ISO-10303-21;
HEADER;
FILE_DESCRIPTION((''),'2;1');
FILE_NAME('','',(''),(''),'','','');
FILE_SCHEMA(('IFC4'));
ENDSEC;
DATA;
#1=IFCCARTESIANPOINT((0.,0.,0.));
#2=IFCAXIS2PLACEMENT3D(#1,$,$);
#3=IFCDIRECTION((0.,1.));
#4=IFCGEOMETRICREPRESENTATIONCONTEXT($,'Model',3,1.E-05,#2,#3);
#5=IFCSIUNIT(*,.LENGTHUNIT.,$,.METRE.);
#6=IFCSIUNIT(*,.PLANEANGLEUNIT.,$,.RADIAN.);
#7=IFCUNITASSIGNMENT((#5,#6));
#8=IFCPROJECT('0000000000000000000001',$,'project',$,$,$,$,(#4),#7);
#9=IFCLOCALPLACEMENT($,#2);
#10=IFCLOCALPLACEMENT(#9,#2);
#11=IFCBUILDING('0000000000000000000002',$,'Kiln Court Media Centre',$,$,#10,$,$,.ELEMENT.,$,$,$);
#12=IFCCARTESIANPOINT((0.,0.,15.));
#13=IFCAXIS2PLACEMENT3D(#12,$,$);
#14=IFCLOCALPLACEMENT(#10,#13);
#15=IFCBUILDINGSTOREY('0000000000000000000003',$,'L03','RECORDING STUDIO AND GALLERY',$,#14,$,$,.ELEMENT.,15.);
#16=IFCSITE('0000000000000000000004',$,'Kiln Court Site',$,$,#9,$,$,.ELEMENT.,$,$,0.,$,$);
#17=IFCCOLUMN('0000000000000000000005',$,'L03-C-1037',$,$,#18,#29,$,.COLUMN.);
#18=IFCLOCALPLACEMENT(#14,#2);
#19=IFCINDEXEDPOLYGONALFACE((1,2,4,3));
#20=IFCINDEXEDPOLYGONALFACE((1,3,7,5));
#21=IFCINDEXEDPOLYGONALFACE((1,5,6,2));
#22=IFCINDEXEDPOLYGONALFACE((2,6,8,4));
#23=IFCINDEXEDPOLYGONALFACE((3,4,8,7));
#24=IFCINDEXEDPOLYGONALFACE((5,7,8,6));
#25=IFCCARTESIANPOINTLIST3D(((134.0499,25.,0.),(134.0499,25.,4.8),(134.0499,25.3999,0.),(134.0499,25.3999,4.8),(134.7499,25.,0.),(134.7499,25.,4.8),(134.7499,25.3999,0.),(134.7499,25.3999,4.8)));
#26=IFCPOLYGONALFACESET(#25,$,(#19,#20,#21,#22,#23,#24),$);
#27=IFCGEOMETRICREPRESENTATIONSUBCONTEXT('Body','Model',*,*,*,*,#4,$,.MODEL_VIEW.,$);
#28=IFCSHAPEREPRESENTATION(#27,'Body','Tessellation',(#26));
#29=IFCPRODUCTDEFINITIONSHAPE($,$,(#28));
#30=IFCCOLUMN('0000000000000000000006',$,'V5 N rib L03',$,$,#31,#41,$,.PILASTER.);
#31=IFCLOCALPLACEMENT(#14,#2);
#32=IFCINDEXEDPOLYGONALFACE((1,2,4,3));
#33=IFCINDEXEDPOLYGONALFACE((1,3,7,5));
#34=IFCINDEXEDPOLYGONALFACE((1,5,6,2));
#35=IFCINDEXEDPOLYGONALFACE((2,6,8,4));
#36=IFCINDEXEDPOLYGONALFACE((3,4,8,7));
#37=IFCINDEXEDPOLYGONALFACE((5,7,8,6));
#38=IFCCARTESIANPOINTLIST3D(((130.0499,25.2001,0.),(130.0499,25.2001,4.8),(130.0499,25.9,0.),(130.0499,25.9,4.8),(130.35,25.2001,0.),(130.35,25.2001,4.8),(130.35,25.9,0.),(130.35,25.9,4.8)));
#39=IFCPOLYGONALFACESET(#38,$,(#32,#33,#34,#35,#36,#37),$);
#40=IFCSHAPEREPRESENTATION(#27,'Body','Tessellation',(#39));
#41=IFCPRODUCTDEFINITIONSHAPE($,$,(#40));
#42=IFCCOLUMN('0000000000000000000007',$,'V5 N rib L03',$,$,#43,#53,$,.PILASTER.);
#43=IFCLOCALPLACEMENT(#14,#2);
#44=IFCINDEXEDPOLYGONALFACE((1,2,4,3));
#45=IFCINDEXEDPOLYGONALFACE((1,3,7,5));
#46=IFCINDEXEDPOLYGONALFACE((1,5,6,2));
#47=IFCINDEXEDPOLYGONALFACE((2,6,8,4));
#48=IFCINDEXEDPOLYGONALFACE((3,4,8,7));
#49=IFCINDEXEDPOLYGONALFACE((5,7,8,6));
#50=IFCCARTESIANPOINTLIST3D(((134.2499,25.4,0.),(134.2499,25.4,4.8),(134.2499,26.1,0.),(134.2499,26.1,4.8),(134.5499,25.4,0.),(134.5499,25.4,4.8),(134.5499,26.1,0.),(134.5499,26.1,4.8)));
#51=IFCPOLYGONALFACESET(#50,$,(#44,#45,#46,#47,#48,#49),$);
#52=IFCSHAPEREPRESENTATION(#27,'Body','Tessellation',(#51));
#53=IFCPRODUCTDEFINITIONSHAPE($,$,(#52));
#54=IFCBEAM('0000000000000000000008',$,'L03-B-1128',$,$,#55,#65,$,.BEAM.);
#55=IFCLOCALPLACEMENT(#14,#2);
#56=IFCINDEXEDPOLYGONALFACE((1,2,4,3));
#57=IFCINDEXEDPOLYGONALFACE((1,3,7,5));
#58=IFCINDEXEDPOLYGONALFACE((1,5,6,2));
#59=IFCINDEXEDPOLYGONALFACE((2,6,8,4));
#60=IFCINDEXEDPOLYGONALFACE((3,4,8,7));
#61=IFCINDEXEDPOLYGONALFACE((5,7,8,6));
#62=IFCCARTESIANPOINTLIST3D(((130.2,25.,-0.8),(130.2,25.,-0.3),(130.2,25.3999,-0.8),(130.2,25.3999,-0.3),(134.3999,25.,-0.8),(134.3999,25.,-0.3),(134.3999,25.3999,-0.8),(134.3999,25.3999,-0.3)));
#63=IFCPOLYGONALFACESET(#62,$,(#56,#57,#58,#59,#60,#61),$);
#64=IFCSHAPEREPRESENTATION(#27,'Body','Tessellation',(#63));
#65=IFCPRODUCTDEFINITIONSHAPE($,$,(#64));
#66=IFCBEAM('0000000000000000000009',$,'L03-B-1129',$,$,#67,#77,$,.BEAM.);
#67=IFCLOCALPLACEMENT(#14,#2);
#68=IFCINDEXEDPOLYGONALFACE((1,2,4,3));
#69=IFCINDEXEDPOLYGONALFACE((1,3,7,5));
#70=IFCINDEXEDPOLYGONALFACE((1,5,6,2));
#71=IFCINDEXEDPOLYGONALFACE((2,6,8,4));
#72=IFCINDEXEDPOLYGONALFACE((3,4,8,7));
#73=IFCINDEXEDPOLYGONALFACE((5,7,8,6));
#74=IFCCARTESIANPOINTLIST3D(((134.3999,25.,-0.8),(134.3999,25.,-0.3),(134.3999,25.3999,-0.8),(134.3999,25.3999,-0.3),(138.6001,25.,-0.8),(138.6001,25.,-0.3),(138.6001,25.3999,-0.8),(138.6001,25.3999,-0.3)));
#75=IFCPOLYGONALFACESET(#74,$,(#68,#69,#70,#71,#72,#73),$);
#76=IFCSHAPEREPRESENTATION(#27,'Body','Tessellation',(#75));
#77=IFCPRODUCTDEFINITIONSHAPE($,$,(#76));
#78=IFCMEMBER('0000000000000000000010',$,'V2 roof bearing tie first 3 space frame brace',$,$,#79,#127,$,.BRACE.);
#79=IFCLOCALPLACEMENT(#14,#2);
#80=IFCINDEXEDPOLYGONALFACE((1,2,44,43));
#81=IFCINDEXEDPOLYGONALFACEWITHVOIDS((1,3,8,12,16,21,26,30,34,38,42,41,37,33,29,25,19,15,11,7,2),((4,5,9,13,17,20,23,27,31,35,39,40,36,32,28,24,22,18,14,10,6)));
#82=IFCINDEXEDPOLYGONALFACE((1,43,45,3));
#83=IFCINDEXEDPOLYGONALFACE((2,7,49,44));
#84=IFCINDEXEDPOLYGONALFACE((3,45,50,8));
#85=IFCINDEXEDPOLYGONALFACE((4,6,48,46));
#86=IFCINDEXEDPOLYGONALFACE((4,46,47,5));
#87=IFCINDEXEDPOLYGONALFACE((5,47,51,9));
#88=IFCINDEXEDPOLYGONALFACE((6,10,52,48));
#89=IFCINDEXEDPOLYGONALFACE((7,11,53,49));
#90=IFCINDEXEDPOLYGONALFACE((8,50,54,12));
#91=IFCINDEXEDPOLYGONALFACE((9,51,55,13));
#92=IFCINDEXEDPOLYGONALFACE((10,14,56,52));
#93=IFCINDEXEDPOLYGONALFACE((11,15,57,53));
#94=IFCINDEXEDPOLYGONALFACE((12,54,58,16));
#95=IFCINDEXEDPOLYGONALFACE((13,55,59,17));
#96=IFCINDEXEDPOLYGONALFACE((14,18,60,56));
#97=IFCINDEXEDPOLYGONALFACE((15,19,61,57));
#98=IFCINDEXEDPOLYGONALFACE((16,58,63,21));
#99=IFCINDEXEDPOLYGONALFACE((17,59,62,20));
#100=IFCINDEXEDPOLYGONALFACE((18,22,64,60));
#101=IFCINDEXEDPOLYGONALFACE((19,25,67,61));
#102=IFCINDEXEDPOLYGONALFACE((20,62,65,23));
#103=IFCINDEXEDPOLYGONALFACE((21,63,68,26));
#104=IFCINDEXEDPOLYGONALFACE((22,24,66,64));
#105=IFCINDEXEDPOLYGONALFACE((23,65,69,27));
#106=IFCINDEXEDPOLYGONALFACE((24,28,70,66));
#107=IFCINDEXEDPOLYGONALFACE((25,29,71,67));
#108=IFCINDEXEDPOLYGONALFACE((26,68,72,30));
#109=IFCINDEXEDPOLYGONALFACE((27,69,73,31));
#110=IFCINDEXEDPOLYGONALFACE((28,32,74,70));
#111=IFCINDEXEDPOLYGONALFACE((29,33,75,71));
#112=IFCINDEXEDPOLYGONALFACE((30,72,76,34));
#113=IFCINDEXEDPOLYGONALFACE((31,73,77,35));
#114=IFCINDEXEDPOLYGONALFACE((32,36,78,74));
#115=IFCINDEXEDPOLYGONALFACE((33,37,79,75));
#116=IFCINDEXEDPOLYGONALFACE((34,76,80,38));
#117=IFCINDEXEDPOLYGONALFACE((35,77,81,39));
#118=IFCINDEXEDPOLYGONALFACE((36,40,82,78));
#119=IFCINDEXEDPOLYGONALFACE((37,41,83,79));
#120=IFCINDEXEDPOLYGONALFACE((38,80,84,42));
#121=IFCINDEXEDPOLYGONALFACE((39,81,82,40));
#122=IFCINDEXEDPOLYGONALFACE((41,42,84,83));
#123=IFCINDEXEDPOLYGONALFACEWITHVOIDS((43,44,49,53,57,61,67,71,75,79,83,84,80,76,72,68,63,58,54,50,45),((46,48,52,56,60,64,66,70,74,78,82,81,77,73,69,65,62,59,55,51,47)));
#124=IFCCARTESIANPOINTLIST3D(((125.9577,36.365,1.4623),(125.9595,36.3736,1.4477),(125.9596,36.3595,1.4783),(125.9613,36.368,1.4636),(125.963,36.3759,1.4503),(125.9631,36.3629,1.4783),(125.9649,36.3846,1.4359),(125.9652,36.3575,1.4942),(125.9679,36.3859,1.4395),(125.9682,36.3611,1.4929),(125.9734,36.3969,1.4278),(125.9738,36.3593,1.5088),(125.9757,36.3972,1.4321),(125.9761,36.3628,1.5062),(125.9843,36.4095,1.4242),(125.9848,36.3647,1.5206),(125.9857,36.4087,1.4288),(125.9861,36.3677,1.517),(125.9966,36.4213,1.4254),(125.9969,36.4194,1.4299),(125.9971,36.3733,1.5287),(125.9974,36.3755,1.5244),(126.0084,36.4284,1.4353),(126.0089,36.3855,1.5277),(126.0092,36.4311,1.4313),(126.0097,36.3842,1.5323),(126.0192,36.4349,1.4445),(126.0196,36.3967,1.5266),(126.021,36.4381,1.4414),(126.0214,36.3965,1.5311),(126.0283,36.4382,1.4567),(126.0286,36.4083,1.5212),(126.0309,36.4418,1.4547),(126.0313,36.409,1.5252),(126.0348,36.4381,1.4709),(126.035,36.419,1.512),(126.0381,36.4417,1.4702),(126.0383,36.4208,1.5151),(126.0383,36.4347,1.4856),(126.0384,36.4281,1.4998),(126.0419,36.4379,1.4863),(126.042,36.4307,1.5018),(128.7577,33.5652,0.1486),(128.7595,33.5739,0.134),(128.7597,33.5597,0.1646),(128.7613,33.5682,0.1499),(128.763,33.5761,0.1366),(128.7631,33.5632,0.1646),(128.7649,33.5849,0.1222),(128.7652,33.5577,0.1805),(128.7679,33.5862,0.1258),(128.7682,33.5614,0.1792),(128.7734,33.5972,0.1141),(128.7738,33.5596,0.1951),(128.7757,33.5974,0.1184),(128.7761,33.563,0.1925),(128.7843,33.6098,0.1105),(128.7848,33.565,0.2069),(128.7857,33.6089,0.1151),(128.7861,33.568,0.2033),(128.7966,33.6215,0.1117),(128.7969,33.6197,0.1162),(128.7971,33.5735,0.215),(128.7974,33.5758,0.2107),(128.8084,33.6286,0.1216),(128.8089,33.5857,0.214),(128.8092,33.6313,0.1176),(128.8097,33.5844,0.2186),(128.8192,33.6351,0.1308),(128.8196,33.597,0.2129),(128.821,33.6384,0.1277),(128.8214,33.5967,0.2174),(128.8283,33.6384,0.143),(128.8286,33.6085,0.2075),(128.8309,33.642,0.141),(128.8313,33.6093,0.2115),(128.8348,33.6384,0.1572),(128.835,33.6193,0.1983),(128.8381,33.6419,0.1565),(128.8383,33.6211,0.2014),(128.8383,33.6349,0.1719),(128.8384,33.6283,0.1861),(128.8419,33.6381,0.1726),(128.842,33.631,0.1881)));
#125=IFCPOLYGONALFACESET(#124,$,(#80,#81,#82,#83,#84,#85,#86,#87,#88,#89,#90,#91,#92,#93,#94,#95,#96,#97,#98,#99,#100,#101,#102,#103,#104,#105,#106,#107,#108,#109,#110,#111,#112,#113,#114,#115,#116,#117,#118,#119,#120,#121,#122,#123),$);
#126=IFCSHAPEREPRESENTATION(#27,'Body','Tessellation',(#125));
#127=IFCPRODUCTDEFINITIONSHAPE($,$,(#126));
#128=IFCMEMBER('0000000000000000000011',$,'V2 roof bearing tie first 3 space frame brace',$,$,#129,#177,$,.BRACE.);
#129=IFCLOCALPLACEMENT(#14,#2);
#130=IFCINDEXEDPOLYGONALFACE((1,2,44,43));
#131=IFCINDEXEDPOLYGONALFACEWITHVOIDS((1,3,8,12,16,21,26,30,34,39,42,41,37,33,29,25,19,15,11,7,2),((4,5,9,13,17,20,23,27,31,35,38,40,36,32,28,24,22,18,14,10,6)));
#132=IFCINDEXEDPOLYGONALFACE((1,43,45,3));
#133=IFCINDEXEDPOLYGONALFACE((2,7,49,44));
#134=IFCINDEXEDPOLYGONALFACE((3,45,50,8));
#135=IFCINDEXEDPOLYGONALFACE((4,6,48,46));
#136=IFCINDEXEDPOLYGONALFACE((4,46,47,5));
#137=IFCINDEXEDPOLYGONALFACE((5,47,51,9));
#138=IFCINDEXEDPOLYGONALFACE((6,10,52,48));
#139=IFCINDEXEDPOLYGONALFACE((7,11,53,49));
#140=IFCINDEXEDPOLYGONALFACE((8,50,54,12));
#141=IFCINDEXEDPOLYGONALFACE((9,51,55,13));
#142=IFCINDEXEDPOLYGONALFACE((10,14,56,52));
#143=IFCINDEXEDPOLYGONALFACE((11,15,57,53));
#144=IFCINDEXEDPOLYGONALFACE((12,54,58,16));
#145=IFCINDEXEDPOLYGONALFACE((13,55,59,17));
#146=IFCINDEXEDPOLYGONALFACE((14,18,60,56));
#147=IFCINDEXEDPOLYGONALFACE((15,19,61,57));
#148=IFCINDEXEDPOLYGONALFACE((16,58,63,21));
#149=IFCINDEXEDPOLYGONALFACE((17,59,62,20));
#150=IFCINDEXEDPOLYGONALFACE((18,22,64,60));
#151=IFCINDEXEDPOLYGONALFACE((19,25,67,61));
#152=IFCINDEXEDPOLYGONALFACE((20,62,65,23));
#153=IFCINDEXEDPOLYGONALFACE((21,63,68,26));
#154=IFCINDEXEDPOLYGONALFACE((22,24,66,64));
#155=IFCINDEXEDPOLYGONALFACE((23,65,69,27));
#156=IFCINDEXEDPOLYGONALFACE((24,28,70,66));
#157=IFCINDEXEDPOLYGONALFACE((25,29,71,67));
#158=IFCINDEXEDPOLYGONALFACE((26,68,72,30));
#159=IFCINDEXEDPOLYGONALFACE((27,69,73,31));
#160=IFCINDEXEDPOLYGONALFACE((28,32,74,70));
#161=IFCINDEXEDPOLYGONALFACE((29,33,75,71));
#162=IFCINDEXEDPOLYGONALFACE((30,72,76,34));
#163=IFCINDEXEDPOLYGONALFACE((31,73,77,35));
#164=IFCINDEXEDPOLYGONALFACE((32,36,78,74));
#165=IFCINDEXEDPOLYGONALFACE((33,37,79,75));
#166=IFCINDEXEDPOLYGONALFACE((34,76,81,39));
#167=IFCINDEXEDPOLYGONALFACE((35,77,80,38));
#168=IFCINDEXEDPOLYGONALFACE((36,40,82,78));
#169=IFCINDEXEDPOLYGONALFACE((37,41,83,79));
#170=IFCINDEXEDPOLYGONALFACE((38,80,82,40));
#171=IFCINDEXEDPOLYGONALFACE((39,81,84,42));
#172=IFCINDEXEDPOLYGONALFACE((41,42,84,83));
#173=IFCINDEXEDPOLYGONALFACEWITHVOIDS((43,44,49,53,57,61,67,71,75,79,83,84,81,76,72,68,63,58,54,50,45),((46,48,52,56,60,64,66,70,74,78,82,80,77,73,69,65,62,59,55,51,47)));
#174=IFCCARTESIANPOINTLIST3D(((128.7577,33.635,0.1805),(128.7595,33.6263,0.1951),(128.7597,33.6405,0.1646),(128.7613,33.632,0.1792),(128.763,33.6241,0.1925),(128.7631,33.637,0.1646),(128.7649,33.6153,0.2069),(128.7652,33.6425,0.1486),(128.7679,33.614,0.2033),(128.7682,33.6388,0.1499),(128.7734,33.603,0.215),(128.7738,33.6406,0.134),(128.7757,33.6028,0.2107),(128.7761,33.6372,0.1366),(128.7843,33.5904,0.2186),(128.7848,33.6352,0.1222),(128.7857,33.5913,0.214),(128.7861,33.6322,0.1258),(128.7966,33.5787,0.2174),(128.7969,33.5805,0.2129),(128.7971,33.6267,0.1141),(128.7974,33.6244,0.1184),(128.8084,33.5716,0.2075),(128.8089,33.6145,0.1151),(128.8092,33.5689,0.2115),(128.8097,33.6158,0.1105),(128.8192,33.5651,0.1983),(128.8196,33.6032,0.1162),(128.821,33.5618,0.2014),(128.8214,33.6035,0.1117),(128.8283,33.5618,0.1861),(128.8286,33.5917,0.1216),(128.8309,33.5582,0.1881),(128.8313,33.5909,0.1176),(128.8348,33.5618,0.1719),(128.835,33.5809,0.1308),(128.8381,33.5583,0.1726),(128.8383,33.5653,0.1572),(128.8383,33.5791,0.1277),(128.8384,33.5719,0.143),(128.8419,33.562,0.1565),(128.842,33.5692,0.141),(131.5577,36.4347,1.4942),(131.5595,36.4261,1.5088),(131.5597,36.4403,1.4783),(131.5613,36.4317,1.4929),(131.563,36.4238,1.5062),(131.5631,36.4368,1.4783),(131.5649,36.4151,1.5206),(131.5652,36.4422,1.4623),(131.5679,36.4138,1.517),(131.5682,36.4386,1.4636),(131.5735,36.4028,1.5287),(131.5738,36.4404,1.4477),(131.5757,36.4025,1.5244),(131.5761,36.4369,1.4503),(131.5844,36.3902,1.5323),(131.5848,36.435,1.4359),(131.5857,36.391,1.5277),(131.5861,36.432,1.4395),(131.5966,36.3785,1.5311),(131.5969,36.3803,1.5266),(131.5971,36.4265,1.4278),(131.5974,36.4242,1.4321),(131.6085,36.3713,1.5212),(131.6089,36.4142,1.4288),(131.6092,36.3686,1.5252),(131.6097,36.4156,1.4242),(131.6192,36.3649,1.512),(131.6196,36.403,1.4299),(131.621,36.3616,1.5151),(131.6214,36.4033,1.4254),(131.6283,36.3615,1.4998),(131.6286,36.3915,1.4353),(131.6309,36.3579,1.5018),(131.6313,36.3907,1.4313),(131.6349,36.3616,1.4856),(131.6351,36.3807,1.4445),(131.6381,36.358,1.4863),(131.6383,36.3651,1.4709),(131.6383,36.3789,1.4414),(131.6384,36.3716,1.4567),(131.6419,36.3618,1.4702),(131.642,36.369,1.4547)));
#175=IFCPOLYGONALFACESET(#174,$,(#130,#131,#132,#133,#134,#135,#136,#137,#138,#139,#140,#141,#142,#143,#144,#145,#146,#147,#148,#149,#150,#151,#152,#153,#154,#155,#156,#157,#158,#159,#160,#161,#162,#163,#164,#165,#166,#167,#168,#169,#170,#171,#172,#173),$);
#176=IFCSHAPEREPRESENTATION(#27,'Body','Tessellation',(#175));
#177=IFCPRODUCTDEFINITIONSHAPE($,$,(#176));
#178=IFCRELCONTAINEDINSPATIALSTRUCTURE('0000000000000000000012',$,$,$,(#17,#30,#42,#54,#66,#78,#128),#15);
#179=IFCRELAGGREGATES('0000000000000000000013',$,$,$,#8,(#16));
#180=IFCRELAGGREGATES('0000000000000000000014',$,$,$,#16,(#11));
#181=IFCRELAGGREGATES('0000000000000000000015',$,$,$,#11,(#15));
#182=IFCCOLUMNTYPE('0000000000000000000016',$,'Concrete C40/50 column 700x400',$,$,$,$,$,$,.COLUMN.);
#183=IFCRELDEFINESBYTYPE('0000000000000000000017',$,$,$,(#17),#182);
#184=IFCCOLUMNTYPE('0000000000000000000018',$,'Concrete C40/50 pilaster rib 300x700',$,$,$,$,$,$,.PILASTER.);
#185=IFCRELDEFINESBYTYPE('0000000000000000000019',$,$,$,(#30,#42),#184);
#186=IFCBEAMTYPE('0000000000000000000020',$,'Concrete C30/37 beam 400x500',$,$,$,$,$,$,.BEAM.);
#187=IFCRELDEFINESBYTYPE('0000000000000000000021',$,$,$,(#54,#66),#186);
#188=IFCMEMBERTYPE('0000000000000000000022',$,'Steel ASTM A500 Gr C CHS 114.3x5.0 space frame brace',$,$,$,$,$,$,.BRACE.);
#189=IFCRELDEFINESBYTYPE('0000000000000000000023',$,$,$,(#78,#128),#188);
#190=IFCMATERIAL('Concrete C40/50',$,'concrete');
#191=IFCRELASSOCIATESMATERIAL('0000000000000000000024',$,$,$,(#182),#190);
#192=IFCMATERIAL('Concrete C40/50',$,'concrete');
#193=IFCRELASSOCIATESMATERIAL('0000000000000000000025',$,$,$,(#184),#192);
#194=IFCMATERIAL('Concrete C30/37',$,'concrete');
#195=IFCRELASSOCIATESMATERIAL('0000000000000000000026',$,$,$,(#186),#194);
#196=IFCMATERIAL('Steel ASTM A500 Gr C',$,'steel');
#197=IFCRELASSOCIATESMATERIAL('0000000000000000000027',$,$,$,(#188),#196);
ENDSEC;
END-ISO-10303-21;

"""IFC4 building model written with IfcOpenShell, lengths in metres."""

from ifc_helpers import new_model, si_unit, direction, frame, origin, origin_2d, place, context, subcontext, project, spatial, rectangle, hollow_circle, extrude, material, material_profile, profile_set, type_object, element, save


model = new_model("IFC4")

# Units and contexts
model_context = context("Model", 3, precision=1e-05, world=origin(), true_north=direction((0.0, 1.0)))
body_context = subcontext(model_context, "Body", "Model", "MODEL_VIEW")
ifc_project = project(units=[si_unit("LENGTHUNIT", "METRE"), si_unit("PLANEANGLEUNIT", "RADIAN")], contexts=[model_context])

# Site, building, storey
site_placement = place(None, origin())
site = spatial("IfcSite", under=ifc_project, at=site_placement, Name="Kiln Court Site", CompositionType="ELEMENT", RefElevation=0.0)
building_placement = place(site_placement, origin())
building = spatial("IfcBuilding", under=site, at=building_placement, Name="Kiln Court Media Centre", CompositionType="ELEMENT")
storey_placement = place(building_placement, frame((0.0, 0.0, 15.0)))
storey = spatial("IfcBuildingStorey", under=building, at=storey_placement, Name="L03", Description="RECORDING STUDIO AND GALLERY", CompositionType="ELEMENT", Elevation=15.0)

# Columns
ifc_material_1 = material(Name="Concrete C40/50", Category="concrete")
ifc_material_profile_1 = material_profile(ifc_material_1, rectangle(XDim=0.7, YDim=0.3999, at=origin_2d()), Name="RC 700x400")
ifc_profile_set_1 = profile_set([ifc_material_profile_1], Name="Concrete C40/50")
column_type_1 = type_object("IfcColumnType", Name="Concrete C40/50 column 700x400", PredefinedType="COLUMN", material=ifc_profile_set_1)
column_placement = place(storey_placement, frame((134.3999, 25.2, 0.0), z_axis=(0.0, 0.0, 1.0), x_axis=(1.0, 0.0, 0.0)))
element("IfcColumn", 1, at=column_placement, inside=storey, type_object=column_type_1, Name="L03-C-1037", PredefinedType="COLUMN", context=body_context, shape_type="SweptSolid", body=[
    extrude(rectangle(XDim=0.7, YDim=0.3999, at=origin_2d()), origin(), (0.0, 0.0, 1.0), 4.8),
])
ifc_material_2 = material(Name="Concrete C40/50", Category="concrete")
ifc_material_profile_2 = material_profile(ifc_material_2, rectangle(XDim=0.3, YDim=0.7, at=origin_2d()), Name="RC 300x700")
ifc_profile_set_2 = profile_set([ifc_material_profile_2], Name="Concrete C40/50")
column_type_2 = type_object("IfcColumnType", Name="Concrete C40/50 pilaster rib 300x700", PredefinedType="PILASTER", material=ifc_profile_set_2)
for number, where, z_axis, x_axis, name in (
    (2, (130.2, 25.55, 0.0), (0.0, 0.0, 1.0), (1.0, 0.0, 0.0), "V5 N rib L03"),
    (3, (134.3999, 25.75, 0.0), (0.0, 0.0, 1.0), (1.0, 0.0, 0.0), "V5 N rib L03"),
):
    element("IfcColumn", number, at=place(storey_placement, frame(where, z_axis=z_axis, x_axis=x_axis)), inside=storey, type_object=column_type_2, Name=name, PredefinedType="PILASTER", context=body_context, shape_type="SweptSolid", body=[
        extrude(rectangle(XDim=0.3, YDim=0.7, at=origin_2d()), origin(), (0.0, 0.0, 1.0), 4.8),
    ])

# Beams
ifc_material_3 = material(Name="Concrete C30/37", Category="concrete")
ifc_material_profile_3 = material_profile(ifc_material_3, rectangle(XDim=0.3999, YDim=0.5, at=origin_2d()), Name="RC 400x500")
ifc_profile_set_3 = profile_set([ifc_material_profile_3], Name="Concrete C30/37")
beam_type = type_object("IfcBeamType", Name="Concrete C30/37 beam 400x500", PredefinedType="BEAM", material=ifc_profile_set_3)
beam_1_placement = place(storey_placement, frame((130.2, 25.2, -0.55), z_axis=(1.0, 0.0, 0.0), x_axis=(0.0, 1.0, 0.0)))
element("IfcBeam", 4, at=beam_1_placement, inside=storey, type_object=beam_type, Name="L03-B-1128", PredefinedType="BEAM", context=body_context, shape_type="SweptSolid", body=[
    extrude(rectangle(XDim=0.3999, YDim=0.5, at=origin_2d()), origin(), (0.0, 0.0, 1.0), 4.2),
])
beam_2_placement = place(storey_placement, frame((134.3999, 25.2, -0.55), z_axis=(1.0, 0.0, 0.0), x_axis=(0.0, 1.0, 0.0)))
element("IfcBeam", 5, at=beam_2_placement, inside=storey, type_object=beam_type, Name="L03-B-1129", PredefinedType="BEAM", context=body_context, shape_type="SweptSolid", body=[
    extrude(rectangle(XDim=0.3999, YDim=0.5, at=origin_2d()), origin(), (0.0, 0.0, 1.0), 4.2002),
])

# Members
ifc_material_4 = material(Name="Steel ASTM A500 Gr C", Category="steel")
ifc_material_profile_4 = material_profile(ifc_material_4, hollow_circle(Radius=0.0571, WallThickness=0.0049, at=origin_2d()), Name="CHS 114.3x5.0")
ifc_profile_set_4 = profile_set([ifc_material_profile_4], Name="Steel ASTM A500 Gr C")
member_type_1 = type_object("IfcMemberType", Name="Steel ASTM A500 Gr C CHS 114.3x5.0 space frame brace", PredefinedType="BRACE", material=ifc_profile_set_4)
for number, where, z_axis, x_axis, name in (
    (6, (128.8, 33.6001, 0.1646), (-0.671163, 0.671105, 0.314895), (-0.707076, -0.707138, 0.0), "V2 roof bearing tie first 3 space frame brace"),
    (7, (128.8, 33.6001, 0.1646), (0.671163, 0.671105, 0.314895), (-0.707076, 0.707138, 0.0), "V2 roof bearing tie first 3 space frame brace"),
):
    element("IfcMember", number, at=place(storey_placement, frame(where, z_axis=z_axis, x_axis=x_axis)), inside=storey, type_object=member_type_1, Name=name, PredefinedType="BRACE", context=body_context, shape_type="SweptSolid", body=[
        extrude(hollow_circle(Radius=0.0571, WallThickness=0.0049, at=origin_2d()), origin(), (0.0, 0.0, 1.0), 4.1719),
    ])

save(model, "model.ifc")
